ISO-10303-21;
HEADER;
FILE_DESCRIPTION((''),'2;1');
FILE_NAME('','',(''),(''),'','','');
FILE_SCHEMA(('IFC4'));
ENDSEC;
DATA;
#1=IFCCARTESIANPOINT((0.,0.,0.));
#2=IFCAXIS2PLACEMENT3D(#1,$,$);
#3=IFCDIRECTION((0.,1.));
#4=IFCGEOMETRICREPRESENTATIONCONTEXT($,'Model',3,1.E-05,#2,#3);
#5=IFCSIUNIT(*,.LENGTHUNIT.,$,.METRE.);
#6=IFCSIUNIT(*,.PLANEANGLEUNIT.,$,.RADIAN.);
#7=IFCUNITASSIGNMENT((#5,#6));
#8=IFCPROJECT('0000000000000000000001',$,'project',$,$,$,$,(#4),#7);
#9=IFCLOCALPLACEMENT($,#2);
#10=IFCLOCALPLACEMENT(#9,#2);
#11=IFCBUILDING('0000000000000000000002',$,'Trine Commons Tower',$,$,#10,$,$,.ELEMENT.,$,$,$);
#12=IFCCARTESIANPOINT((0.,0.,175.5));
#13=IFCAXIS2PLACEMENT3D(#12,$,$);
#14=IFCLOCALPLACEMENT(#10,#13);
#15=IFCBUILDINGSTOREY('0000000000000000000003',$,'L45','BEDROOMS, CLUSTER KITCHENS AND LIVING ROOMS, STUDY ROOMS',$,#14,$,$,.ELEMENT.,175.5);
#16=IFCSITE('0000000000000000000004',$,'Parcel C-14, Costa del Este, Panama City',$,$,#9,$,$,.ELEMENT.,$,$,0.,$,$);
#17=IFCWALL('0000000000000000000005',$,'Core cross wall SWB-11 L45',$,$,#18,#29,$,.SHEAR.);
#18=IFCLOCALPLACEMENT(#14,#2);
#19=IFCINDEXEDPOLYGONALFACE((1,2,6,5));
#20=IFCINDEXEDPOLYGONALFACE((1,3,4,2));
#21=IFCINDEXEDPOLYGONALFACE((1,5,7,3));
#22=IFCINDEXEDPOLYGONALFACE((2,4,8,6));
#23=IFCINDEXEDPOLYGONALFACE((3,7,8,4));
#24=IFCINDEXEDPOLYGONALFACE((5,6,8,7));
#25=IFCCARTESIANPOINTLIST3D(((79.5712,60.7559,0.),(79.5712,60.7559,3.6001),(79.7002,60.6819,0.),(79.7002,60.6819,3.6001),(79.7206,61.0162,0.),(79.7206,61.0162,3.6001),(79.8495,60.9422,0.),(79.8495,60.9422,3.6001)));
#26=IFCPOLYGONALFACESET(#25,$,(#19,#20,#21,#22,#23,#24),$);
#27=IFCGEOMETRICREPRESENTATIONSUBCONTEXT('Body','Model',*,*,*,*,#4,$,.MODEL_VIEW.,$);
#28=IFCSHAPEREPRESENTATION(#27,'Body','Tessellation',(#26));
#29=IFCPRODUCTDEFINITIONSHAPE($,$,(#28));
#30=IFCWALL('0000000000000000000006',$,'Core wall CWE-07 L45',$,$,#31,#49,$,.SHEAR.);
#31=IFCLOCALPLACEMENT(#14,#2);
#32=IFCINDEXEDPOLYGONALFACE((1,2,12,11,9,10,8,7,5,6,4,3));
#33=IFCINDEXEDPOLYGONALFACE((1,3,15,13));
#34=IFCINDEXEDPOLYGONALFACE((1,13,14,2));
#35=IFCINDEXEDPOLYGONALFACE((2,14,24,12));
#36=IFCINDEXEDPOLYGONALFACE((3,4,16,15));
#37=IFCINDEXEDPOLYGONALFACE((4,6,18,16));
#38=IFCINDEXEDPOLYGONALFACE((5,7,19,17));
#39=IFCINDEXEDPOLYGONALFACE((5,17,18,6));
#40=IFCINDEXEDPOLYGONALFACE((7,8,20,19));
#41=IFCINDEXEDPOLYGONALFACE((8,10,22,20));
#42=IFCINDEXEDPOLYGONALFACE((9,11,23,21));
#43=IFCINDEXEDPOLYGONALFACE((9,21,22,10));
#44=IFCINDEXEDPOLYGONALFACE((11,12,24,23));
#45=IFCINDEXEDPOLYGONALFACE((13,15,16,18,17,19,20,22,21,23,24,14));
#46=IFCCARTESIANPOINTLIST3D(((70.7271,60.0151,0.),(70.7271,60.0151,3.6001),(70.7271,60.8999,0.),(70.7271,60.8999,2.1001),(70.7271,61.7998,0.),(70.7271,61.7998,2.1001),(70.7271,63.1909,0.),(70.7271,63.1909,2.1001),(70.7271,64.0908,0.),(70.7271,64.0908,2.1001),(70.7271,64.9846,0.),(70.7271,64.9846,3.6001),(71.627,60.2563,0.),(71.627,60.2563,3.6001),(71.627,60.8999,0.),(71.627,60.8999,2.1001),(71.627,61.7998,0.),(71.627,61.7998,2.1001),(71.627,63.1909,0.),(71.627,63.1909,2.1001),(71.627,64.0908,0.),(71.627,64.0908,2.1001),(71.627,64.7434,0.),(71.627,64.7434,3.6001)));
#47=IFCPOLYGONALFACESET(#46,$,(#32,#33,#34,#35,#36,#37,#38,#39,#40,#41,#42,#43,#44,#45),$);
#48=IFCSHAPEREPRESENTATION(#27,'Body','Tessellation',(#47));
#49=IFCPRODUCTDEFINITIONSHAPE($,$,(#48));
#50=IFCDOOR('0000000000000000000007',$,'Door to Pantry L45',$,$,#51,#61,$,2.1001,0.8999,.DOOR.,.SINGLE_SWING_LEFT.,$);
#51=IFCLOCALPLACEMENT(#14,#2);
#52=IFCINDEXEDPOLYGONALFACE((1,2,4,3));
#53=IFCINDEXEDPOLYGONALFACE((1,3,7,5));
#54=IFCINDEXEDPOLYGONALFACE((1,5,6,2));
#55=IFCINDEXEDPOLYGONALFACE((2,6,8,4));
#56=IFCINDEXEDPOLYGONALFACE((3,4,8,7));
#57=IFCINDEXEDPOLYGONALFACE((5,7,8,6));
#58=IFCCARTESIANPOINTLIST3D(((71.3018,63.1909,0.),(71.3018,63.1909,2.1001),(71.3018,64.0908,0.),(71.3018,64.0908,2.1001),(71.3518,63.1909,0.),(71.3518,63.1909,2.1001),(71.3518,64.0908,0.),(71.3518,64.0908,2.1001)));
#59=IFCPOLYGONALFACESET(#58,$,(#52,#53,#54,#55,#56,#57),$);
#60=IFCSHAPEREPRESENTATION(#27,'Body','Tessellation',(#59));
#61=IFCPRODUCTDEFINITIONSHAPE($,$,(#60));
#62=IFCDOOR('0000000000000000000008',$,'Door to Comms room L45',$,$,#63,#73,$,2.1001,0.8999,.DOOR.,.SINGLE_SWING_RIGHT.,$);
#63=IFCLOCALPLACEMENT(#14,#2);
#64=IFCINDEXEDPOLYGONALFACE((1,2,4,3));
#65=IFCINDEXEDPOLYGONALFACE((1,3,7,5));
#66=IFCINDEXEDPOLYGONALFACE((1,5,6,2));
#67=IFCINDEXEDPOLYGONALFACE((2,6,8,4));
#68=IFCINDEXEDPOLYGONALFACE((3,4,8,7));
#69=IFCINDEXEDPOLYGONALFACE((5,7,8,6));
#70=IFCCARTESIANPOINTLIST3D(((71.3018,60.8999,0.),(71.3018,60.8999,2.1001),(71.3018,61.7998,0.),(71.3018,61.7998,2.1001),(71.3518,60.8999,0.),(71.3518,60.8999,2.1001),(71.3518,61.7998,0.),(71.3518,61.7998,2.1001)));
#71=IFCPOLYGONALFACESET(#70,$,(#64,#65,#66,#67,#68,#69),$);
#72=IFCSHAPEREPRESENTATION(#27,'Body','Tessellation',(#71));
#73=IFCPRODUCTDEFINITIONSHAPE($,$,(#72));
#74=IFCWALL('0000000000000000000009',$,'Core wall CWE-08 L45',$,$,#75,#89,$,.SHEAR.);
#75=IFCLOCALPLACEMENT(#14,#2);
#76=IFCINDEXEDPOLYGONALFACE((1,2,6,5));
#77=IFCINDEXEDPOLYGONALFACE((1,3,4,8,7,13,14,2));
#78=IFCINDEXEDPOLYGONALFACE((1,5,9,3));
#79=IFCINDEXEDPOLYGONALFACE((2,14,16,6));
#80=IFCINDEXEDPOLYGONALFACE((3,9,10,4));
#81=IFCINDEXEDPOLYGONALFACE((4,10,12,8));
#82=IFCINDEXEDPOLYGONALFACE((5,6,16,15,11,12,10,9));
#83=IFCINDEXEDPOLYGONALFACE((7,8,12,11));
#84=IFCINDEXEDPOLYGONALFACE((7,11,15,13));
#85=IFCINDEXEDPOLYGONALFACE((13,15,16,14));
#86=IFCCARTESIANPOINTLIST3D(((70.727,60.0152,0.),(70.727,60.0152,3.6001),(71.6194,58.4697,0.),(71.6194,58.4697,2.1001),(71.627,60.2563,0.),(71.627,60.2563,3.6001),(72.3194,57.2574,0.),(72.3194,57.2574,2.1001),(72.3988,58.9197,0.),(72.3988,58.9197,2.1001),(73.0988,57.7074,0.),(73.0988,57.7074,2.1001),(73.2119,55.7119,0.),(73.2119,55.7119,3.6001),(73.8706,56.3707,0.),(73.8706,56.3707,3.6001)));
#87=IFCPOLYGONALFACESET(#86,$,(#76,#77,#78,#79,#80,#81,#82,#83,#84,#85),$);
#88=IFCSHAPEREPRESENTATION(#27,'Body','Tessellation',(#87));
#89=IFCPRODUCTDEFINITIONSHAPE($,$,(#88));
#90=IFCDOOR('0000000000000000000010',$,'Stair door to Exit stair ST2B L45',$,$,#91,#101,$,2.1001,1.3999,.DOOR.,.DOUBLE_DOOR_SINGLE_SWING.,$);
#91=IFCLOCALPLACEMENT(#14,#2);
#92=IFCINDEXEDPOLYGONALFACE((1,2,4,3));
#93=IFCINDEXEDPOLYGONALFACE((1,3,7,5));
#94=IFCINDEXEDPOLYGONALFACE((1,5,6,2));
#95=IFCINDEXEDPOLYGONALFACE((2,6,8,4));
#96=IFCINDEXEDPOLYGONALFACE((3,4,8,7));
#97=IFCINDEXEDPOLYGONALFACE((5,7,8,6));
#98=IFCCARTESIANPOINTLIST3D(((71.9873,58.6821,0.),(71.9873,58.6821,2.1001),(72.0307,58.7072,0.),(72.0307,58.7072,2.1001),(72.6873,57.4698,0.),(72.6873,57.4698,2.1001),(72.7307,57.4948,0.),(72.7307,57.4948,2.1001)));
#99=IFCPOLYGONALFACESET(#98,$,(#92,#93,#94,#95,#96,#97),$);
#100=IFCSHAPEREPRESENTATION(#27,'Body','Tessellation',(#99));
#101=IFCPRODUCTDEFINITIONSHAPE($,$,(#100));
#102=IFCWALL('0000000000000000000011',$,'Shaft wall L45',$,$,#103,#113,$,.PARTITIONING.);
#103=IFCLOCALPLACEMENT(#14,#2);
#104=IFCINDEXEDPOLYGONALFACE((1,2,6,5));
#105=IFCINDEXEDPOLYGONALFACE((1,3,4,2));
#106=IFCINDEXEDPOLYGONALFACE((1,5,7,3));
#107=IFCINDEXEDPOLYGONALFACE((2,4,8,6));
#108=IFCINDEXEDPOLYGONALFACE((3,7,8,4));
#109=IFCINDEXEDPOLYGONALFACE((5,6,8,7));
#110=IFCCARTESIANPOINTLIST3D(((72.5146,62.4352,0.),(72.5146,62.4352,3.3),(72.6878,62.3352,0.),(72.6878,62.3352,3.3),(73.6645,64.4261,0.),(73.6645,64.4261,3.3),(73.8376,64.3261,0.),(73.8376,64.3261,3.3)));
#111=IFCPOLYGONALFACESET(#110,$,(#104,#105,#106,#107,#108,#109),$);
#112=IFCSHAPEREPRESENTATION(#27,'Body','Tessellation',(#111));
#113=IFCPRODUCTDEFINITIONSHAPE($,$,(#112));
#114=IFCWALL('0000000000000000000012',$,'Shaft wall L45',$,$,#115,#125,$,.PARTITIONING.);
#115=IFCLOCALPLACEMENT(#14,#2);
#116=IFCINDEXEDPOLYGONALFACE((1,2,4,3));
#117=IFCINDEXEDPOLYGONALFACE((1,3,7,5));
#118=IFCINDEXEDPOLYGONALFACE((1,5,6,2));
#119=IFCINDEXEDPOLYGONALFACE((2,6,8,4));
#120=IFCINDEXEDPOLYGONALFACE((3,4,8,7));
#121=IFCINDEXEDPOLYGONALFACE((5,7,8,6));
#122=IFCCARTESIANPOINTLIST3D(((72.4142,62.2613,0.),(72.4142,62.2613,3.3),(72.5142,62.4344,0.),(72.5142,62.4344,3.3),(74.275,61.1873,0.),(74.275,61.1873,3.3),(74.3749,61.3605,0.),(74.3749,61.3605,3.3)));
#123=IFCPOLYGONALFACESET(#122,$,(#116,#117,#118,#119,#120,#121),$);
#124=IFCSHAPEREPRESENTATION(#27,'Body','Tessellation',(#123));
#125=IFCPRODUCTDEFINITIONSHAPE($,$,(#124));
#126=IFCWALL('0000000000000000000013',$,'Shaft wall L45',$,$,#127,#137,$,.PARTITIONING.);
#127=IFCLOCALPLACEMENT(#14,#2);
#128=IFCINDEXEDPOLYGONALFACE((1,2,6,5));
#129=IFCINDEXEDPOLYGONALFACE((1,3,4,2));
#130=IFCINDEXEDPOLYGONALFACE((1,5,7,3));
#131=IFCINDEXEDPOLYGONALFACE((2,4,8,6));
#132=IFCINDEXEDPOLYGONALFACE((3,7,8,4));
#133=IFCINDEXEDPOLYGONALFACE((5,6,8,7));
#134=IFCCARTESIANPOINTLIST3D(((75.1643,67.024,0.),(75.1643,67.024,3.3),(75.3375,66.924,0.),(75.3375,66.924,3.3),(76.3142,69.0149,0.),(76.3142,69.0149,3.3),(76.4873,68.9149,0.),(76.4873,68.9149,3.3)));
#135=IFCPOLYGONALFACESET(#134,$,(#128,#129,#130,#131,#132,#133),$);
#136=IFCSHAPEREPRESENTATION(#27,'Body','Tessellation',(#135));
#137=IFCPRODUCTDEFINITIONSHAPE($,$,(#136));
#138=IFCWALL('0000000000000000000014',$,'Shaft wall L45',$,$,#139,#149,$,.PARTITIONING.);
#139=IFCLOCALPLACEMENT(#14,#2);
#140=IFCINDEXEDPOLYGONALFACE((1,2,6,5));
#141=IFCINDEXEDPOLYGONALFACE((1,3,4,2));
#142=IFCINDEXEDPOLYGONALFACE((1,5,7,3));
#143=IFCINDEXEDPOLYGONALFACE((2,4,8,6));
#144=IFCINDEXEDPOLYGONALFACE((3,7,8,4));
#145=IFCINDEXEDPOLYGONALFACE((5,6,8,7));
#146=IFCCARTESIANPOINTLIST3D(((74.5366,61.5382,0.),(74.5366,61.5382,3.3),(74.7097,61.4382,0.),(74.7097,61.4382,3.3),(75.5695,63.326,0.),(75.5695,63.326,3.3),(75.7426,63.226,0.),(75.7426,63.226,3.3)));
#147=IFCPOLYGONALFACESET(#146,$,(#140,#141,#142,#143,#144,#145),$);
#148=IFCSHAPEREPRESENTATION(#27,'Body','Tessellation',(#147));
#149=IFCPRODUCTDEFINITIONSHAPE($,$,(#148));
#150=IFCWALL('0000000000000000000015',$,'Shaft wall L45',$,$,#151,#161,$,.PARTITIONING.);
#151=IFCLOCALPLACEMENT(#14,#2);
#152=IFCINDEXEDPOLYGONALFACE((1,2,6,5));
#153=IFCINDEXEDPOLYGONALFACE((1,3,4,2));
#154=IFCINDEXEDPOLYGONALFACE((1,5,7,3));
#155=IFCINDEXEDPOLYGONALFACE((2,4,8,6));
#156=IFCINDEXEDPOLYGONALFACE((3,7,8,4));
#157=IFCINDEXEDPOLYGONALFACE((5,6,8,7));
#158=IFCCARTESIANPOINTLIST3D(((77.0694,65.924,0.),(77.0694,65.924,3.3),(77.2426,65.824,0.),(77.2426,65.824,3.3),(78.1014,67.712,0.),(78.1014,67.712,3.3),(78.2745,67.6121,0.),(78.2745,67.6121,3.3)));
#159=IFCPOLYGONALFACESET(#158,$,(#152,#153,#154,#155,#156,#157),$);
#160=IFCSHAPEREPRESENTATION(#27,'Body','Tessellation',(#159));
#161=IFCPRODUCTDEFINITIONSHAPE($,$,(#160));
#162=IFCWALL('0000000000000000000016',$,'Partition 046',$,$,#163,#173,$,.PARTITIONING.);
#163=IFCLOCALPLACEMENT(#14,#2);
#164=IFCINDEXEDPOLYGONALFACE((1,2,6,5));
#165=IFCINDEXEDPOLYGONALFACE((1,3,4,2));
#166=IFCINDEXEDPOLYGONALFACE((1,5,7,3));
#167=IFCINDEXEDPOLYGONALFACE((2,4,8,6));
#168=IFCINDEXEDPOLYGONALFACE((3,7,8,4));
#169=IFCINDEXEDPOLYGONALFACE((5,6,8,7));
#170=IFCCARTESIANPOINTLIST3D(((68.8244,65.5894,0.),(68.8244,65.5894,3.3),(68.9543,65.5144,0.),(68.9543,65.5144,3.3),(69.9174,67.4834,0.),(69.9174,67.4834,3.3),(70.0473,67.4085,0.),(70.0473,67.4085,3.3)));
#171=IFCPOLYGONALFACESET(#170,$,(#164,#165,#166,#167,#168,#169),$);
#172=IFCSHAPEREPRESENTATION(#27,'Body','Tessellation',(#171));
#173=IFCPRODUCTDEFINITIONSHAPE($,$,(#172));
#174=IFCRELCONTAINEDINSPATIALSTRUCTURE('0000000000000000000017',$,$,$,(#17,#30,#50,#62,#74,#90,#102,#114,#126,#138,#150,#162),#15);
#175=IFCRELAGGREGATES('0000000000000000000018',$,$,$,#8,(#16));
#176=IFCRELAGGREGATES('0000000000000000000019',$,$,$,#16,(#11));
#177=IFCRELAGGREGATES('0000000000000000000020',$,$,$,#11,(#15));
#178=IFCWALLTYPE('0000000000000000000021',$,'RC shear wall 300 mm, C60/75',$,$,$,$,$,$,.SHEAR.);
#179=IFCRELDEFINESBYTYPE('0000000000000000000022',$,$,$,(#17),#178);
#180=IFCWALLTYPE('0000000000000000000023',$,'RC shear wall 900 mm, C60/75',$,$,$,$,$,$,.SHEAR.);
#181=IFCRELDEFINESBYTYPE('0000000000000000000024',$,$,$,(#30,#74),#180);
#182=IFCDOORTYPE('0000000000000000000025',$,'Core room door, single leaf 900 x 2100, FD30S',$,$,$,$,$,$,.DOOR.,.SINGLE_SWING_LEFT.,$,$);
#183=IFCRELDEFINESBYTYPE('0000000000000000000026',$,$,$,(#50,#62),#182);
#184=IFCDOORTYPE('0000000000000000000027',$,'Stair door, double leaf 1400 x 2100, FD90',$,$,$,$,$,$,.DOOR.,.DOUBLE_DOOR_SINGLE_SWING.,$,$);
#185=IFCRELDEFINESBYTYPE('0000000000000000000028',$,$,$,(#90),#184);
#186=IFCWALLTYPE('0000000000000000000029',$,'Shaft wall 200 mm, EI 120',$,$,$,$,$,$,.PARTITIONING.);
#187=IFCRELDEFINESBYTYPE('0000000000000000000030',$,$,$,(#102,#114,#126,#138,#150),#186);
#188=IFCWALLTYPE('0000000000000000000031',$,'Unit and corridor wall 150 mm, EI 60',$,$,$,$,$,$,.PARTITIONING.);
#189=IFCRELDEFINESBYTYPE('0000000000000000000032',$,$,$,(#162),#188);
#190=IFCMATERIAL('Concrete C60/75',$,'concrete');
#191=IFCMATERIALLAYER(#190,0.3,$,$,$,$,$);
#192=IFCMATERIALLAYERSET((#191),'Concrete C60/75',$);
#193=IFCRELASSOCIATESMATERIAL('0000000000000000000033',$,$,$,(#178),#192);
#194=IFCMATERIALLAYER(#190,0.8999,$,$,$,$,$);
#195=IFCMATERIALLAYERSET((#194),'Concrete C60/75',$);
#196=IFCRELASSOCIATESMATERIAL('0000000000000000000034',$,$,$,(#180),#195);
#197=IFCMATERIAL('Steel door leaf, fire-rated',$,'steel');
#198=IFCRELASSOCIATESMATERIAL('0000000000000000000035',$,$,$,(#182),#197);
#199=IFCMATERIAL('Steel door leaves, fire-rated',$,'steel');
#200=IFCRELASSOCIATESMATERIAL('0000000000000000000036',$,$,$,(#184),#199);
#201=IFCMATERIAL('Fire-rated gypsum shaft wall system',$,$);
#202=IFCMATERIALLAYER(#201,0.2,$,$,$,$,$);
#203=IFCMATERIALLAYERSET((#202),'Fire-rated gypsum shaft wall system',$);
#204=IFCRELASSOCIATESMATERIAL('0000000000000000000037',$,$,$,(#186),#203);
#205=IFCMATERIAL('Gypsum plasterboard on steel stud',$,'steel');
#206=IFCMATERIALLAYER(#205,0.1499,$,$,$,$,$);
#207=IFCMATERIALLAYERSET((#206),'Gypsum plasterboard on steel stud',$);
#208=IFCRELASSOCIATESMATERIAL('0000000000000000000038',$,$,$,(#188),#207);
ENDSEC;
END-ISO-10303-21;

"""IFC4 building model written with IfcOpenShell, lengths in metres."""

from ifc_helpers import new_model, si_unit, direction, frame, frame_2d, origin, place, context, subcontext, project, spatial, polyline, rectangle, outline, extrude, material, layer, layer_set, type_object, element, fill, save


model = new_model("IFC4")

# Units and contexts
model_context = context("Model", 3, precision=1e-05, world=origin(), true_north=direction((0.0, 1.0)))
body_context = subcontext(model_context, "Body", "Model", "MODEL_VIEW")
ifc_project = project(units=[si_unit("LENGTHUNIT", "METRE"), si_unit("PLANEANGLEUNIT", "RADIAN")], contexts=[model_context])

# Site, building, storey
site_placement = place(None, origin())
site = spatial("IfcSite", under=ifc_project, at=site_placement, Name="Parcel C-14, Costa del Este, Panama City", CompositionType="ELEMENT", RefElevation=0.0)
building_placement = place(site_placement, origin())
building = spatial("IfcBuilding", under=site, at=building_placement, Name="Trine Commons Tower", CompositionType="ELEMENT")
storey_placement = place(building_placement, frame((0.0, 0.0, 175.5)))
storey = spatial("IfcBuildingStorey", under=building, at=storey_placement, Name="L45", Description="BEDROOMS, CLUSTER KITCHENS AND LIVING ROOMS, STUDY ROOMS", CompositionType="ELEMENT", Elevation=175.5)

# Shared definitions
ifc_material_1 = material(Name="Fire-rated gypsum shaft wall system")
ifc_material_2 = material(Name="Steel door leaf, fire-rated", Category="steel")
ifc_material_3 = material(Name="Concrete C60/75", Category="concrete")
ifc_layer_1 = layer(ifc_material_3, 0.3)
ifc_layer_set_1 = layer_set([ifc_layer_1], Name="Concrete C60/75")
wall_type_1 = type_object("IfcWallType", Name="RC shear wall 300 mm, C60/75", PredefinedType="SHEAR", material=ifc_layer_set_1)

# Wall
wall_1_placement = place(storey_placement, frame((79.646, 60.886, 0.0), z_axis=(0.0, 0.0, 1.0), x_axis=(0.867332, -0.49773, 0.0)))
element("IfcWall", 1, at=wall_1_placement, inside=storey, type_object=wall_type_1, Name="Core cross wall SWB-11 L45", PredefinedType="SHEAR", context=body_context, shape_type="SweptSolid", body=[
    extrude(rectangle(XDim=0.1487, YDim=0.3, at=frame_2d((0.0742, 0.0))), origin(), (0.0, 0.0, 1.0), 3.6001),
])

# Wall, openings, doors
ifc_layer_2 = layer(ifc_material_3, 0.8999)
ifc_layer_set_2 = layer_set([ifc_layer_2], Name="Concrete C60/75")
wall_type_2 = type_object("IfcWallType", Name="RC shear wall 900 mm, C60/75", PredefinedType="SHEAR", material=ifc_layer_set_2)
wall_2_placement = place(storey_placement, frame((71.177, 64.9846, 0.0), z_axis=(0.0, 0.0, 1.0), x_axis=(0.0, -1.0, 0.0)))
wall_2 = element("IfcWall", 2, at=wall_2_placement, inside=storey, type_object=wall_type_2, Name="Core wall CWE-07 L45", PredefinedType="SHEAR", context=body_context, shape_type="SweptSolid", body=[
    extrude(outline(polyline([(0.0, -0.45), (4.9695, -0.45), (4.7283, 0.45), (0.2412, 0.45), (0.0, -0.45)])), origin(), (0.0, 0.0, 1.0), 3.6001),
])
opening_1_placement = place(wall_2_placement, frame((0.8938, 0.0, 0.0)))
opening_1 = element("IfcOpeningElement", 3, at=opening_1_placement, cuts=wall_2, PredefinedType="OPENING", context=body_context, shape_type="SweptSolid", body=[
    extrude(rectangle(XDim=0.8999, YDim=2.1001, at=frame_2d((0.45, 1.05))), frame((0.0, 0.46, 0.0), z_axis=(0.0, -1.0, 0.0), x_axis=(1.0, 0.0, 0.0)), (0.0, 0.0, 1.0), 0.9199),
])
opening_2_placement = place(wall_2_placement, frame((3.1848, 0.0, 0.0)))
opening_2 = element("IfcOpeningElement", 4, at=opening_2_placement, cuts=wall_2, PredefinedType="OPENING", context=body_context, shape_type="SweptSolid", body=[
    extrude(rectangle(XDim=0.8999, YDim=2.1001, at=frame_2d((0.45, 1.05))), frame((0.0, 0.46, 0.0), z_axis=(0.0, -1.0, 0.0), x_axis=(1.0, 0.0, 0.0)), (0.0, 0.0, 1.0), 0.9199),
])
door_type_1 = type_object("IfcDoorType", Name="Core room door, single leaf 900 x 2100, FD30S", OperationType="SINGLE_SWING_LEFT", PredefinedType="DOOR", material=ifc_material_2)
door_1_placement = place(opening_1_placement, origin())
door_1 = element("IfcDoor", 5, at=door_1_placement, inside=storey, type_object=door_type_1, Name="Door to Pantry L45", OperationType="SINGLE_SWING_LEFT", OverallHeight=2.1001, OverallWidth=0.8999, PredefinedType="DOOR", context=body_context, shape_type="SweptSolid", body=[
    extrude(rectangle(XDim=0.8999, YDim=2.1001, at=frame_2d((0.45, 1.05))), frame((0.0, 0.1748, 0.0), z_axis=(0.0, -1.0, 0.0), x_axis=(1.0, 0.0, 0.0)), (0.0, 0.0, 1.0), 0.05),
])
fill(opening_1, door_1)
door_2_placement = place(opening_2_placement, origin())
door_2 = element("IfcDoor", 6, at=door_2_placement, inside=storey, type_object=door_type_1, Name="Door to Comms room L45", OperationType="SINGLE_SWING_RIGHT", OverallHeight=2.1001, OverallWidth=0.8999, PredefinedType="DOOR", context=body_context, shape_type="SweptSolid", body=[
    extrude(rectangle(XDim=0.8999, YDim=2.1001, at=frame_2d((0.45, 1.05))), frame((0.0, 0.1748, 0.0), z_axis=(0.0, -1.0, 0.0), x_axis=(1.0, 0.0, 0.0)), (0.0, 0.0, 1.0), 0.05),
])
fill(opening_2, door_2)

# Wall, opening, door
wall_3_placement = place(storey_placement, frame((71.1167, 60.2402, 0.0), z_axis=(0.0, 0.0, 1.0), x_axis=(0.500039, -0.866003, 0.0)))
wall_3 = element("IfcWall", 7, at=wall_3_placement, inside=storey, type_object=wall_type_2, Name="Core wall CWE-08 L45", PredefinedType="SHEAR", context=body_context, shape_type="SweptSolid", body=[
    extrude(outline(polyline([(0.0, -0.45), (4.9692, -0.45), (4.728, 0.45), (0.2412, 0.45), (0.0, -0.45)])), origin(), (0.0, 0.0, 1.0), 3.6001),
])
opening_3_placement = place(wall_3_placement, frame((1.7847, 0.0, 0.0)))
opening_3 = element("IfcOpeningElement", 8, at=opening_3_placement, cuts=wall_3, PredefinedType="OPENING", context=body_context, shape_type="SweptSolid", body=[
    extrude(rectangle(XDim=1.3999, YDim=2.1001, at=frame_2d((0.7, 1.05))), frame((0.0, 0.46, 0.0), z_axis=(0.0, -1.0, 0.0), x_axis=(1.0, 0.0, 0.0)), (0.0, 0.0, 1.0), 0.9199),
])
ifc_material_4 = material(Name="Steel door leaves, fire-rated", Category="steel")
door_type_2 = type_object("IfcDoorType", Name="Stair door, double leaf 1400 x 2100, FD90", OperationType="DOUBLE_DOOR_SINGLE_SWING", PredefinedType="DOOR", material=ifc_material_4)
door_3_placement = place(opening_3_placement, origin())
door_3 = element("IfcDoor", 9, at=door_3_placement, inside=storey, type_object=door_type_2, Name="Stair door to Exit stair ST2B L45", OperationType="DOUBLE_DOOR_SINGLE_SWING", OverallHeight=2.1001, OverallWidth=1.3999, PredefinedType="DOOR", context=body_context, shape_type="SweptSolid", body=[
    extrude(rectangle(XDim=1.3999, YDim=2.1001, at=frame_2d((0.7, 1.05))), frame((0.0, 0.0249, 0.0), z_axis=(0.0, -1.0, 0.0), x_axis=(1.0, 0.0, 0.0)), (0.0, 0.0, 1.0), 0.05),
])
fill(opening_3, door_3)

# Walls
ifc_layer_3 = layer(ifc_material_1, 0.2)
ifc_layer_set_3 = layer_set([ifc_layer_3], Name="Fire-rated gypsum shaft wall system")
wall_type_3 = type_object("IfcWallType", Name="Shaft wall 200 mm, EI 120", PredefinedType="PARTITIONING", material=ifc_layer_set_3)
wall_4_placement = place(storey_placement, frame((73.751, 64.376, 0.0), z_axis=(0.0, 0.0, 1.0), x_axis=(-0.500136, -0.865947, 0.0)))
element("IfcWall", 10, at=wall_4_placement, inside=storey, type_object=wall_type_3, Name="Shaft wall L45", PredefinedType="PARTITIONING", context=body_context, shape_type="SweptSolid", body=[
    extrude(rectangle(XDim=2.2991, YDim=0.2, at=frame_2d((1.1494, 0.0))), origin(), (0.0, 0.0, 1.0), 3.3),
])
wall_5_placement = place(storey_placement, frame((74.325, 61.2739, 0.0), z_axis=(0.0, 0.0, 1.0), x_axis=(-0.866102, 0.499867, 0.0)))
element("IfcWall", 11, at=wall_5_placement, inside=storey, type_object=wall_type_3, Name="Shaft wall L45", PredefinedType="PARTITIONING", context=body_context, shape_type="SweptSolid", body=[
    extrude(rectangle(XDim=2.1484, YDim=0.2, at=frame_2d((1.0742, 0.0))), origin(), (0.0, 0.0, 1.0), 3.3),
])
wall_6_placement = place(storey_placement, frame((75.251, 66.9741, 0.0), z_axis=(0.0, 0.0, 1.0), x_axis=(0.500136, 0.865947, 0.0)))
element("IfcWall", 12, at=wall_6_placement, inside=storey, type_object=wall_type_3, Name="Shaft wall L45", PredefinedType="PARTITIONING", context=body_context, shape_type="SweptSolid", body=[
    extrude(rectangle(XDim=2.2991, YDim=0.2, at=frame_2d((1.1494, 0.0))), origin(), (0.0, 0.0, 1.0), 3.3),
])
wall_7_placement = place(storey_placement, frame((75.656, 63.2759, 0.0), z_axis=(0.0, 0.0, 1.0), x_axis=(-0.500272, -0.865868, 0.0)))
element("IfcWall", 13, at=wall_7_placement, inside=storey, type_object=wall_type_3, Name="Shaft wall L45", PredefinedType="PARTITIONING", context=body_context, shape_type="SweptSolid", body=[
    extrude(rectangle(XDim=2.0647, YDim=0.2, at=frame_2d((1.0322, 0.0))), origin(), (0.0, 0.0, 1.0), 3.3),
])
wall_8_placement = place(storey_placement, frame((77.156, 65.874, 0.0), z_axis=(0.0, 0.0, 1.0), x_axis=(0.499866, 0.866103, 0.0)))
element("IfcWall", 14, at=wall_8_placement, inside=storey, type_object=wall_type_3, Name="Shaft wall L45", PredefinedType="PARTITIONING", context=body_context, shape_type="SweptSolid", body=[
    extrude(rectangle(XDim=2.0645, YDim=0.2, at=frame_2d((1.0322, 0.0))), origin(), (0.0, 0.0, 1.0), 3.3),
])
ifc_material_5 = material(Name="Gypsum plasterboard on steel stud", Category="steel")
ifc_layer_4 = layer(ifc_material_5, 0.1499)
ifc_layer_set_4 = layer_set([ifc_layer_4], Name="Gypsum plasterboard on steel stud")
wall_type_4 = type_object("IfcWallType", Name="Unit and corridor wall 150 mm, EI 60", PredefinedType="PARTITIONING", material=ifc_layer_set_4)
wall_9_placement = place(storey_placement, frame((68.8894, 65.552, 0.0), z_axis=(0.0, 0.0, 1.0), x_axis=(0.499826, 0.866126, 0.0)))
element("IfcWall", 15, at=wall_9_placement, inside=storey, type_object=wall_type_4, Name="Partition 046", PredefinedType="PARTITIONING", context=body_context, shape_type="SweptSolid", body=[
    extrude(rectangle(XDim=2.1868, YDim=0.1499, at=frame_2d((1.0933, 0.0))), origin(), (0.0, 0.0, 1.0), 3.3),
])

save(model, "model.ifc")
